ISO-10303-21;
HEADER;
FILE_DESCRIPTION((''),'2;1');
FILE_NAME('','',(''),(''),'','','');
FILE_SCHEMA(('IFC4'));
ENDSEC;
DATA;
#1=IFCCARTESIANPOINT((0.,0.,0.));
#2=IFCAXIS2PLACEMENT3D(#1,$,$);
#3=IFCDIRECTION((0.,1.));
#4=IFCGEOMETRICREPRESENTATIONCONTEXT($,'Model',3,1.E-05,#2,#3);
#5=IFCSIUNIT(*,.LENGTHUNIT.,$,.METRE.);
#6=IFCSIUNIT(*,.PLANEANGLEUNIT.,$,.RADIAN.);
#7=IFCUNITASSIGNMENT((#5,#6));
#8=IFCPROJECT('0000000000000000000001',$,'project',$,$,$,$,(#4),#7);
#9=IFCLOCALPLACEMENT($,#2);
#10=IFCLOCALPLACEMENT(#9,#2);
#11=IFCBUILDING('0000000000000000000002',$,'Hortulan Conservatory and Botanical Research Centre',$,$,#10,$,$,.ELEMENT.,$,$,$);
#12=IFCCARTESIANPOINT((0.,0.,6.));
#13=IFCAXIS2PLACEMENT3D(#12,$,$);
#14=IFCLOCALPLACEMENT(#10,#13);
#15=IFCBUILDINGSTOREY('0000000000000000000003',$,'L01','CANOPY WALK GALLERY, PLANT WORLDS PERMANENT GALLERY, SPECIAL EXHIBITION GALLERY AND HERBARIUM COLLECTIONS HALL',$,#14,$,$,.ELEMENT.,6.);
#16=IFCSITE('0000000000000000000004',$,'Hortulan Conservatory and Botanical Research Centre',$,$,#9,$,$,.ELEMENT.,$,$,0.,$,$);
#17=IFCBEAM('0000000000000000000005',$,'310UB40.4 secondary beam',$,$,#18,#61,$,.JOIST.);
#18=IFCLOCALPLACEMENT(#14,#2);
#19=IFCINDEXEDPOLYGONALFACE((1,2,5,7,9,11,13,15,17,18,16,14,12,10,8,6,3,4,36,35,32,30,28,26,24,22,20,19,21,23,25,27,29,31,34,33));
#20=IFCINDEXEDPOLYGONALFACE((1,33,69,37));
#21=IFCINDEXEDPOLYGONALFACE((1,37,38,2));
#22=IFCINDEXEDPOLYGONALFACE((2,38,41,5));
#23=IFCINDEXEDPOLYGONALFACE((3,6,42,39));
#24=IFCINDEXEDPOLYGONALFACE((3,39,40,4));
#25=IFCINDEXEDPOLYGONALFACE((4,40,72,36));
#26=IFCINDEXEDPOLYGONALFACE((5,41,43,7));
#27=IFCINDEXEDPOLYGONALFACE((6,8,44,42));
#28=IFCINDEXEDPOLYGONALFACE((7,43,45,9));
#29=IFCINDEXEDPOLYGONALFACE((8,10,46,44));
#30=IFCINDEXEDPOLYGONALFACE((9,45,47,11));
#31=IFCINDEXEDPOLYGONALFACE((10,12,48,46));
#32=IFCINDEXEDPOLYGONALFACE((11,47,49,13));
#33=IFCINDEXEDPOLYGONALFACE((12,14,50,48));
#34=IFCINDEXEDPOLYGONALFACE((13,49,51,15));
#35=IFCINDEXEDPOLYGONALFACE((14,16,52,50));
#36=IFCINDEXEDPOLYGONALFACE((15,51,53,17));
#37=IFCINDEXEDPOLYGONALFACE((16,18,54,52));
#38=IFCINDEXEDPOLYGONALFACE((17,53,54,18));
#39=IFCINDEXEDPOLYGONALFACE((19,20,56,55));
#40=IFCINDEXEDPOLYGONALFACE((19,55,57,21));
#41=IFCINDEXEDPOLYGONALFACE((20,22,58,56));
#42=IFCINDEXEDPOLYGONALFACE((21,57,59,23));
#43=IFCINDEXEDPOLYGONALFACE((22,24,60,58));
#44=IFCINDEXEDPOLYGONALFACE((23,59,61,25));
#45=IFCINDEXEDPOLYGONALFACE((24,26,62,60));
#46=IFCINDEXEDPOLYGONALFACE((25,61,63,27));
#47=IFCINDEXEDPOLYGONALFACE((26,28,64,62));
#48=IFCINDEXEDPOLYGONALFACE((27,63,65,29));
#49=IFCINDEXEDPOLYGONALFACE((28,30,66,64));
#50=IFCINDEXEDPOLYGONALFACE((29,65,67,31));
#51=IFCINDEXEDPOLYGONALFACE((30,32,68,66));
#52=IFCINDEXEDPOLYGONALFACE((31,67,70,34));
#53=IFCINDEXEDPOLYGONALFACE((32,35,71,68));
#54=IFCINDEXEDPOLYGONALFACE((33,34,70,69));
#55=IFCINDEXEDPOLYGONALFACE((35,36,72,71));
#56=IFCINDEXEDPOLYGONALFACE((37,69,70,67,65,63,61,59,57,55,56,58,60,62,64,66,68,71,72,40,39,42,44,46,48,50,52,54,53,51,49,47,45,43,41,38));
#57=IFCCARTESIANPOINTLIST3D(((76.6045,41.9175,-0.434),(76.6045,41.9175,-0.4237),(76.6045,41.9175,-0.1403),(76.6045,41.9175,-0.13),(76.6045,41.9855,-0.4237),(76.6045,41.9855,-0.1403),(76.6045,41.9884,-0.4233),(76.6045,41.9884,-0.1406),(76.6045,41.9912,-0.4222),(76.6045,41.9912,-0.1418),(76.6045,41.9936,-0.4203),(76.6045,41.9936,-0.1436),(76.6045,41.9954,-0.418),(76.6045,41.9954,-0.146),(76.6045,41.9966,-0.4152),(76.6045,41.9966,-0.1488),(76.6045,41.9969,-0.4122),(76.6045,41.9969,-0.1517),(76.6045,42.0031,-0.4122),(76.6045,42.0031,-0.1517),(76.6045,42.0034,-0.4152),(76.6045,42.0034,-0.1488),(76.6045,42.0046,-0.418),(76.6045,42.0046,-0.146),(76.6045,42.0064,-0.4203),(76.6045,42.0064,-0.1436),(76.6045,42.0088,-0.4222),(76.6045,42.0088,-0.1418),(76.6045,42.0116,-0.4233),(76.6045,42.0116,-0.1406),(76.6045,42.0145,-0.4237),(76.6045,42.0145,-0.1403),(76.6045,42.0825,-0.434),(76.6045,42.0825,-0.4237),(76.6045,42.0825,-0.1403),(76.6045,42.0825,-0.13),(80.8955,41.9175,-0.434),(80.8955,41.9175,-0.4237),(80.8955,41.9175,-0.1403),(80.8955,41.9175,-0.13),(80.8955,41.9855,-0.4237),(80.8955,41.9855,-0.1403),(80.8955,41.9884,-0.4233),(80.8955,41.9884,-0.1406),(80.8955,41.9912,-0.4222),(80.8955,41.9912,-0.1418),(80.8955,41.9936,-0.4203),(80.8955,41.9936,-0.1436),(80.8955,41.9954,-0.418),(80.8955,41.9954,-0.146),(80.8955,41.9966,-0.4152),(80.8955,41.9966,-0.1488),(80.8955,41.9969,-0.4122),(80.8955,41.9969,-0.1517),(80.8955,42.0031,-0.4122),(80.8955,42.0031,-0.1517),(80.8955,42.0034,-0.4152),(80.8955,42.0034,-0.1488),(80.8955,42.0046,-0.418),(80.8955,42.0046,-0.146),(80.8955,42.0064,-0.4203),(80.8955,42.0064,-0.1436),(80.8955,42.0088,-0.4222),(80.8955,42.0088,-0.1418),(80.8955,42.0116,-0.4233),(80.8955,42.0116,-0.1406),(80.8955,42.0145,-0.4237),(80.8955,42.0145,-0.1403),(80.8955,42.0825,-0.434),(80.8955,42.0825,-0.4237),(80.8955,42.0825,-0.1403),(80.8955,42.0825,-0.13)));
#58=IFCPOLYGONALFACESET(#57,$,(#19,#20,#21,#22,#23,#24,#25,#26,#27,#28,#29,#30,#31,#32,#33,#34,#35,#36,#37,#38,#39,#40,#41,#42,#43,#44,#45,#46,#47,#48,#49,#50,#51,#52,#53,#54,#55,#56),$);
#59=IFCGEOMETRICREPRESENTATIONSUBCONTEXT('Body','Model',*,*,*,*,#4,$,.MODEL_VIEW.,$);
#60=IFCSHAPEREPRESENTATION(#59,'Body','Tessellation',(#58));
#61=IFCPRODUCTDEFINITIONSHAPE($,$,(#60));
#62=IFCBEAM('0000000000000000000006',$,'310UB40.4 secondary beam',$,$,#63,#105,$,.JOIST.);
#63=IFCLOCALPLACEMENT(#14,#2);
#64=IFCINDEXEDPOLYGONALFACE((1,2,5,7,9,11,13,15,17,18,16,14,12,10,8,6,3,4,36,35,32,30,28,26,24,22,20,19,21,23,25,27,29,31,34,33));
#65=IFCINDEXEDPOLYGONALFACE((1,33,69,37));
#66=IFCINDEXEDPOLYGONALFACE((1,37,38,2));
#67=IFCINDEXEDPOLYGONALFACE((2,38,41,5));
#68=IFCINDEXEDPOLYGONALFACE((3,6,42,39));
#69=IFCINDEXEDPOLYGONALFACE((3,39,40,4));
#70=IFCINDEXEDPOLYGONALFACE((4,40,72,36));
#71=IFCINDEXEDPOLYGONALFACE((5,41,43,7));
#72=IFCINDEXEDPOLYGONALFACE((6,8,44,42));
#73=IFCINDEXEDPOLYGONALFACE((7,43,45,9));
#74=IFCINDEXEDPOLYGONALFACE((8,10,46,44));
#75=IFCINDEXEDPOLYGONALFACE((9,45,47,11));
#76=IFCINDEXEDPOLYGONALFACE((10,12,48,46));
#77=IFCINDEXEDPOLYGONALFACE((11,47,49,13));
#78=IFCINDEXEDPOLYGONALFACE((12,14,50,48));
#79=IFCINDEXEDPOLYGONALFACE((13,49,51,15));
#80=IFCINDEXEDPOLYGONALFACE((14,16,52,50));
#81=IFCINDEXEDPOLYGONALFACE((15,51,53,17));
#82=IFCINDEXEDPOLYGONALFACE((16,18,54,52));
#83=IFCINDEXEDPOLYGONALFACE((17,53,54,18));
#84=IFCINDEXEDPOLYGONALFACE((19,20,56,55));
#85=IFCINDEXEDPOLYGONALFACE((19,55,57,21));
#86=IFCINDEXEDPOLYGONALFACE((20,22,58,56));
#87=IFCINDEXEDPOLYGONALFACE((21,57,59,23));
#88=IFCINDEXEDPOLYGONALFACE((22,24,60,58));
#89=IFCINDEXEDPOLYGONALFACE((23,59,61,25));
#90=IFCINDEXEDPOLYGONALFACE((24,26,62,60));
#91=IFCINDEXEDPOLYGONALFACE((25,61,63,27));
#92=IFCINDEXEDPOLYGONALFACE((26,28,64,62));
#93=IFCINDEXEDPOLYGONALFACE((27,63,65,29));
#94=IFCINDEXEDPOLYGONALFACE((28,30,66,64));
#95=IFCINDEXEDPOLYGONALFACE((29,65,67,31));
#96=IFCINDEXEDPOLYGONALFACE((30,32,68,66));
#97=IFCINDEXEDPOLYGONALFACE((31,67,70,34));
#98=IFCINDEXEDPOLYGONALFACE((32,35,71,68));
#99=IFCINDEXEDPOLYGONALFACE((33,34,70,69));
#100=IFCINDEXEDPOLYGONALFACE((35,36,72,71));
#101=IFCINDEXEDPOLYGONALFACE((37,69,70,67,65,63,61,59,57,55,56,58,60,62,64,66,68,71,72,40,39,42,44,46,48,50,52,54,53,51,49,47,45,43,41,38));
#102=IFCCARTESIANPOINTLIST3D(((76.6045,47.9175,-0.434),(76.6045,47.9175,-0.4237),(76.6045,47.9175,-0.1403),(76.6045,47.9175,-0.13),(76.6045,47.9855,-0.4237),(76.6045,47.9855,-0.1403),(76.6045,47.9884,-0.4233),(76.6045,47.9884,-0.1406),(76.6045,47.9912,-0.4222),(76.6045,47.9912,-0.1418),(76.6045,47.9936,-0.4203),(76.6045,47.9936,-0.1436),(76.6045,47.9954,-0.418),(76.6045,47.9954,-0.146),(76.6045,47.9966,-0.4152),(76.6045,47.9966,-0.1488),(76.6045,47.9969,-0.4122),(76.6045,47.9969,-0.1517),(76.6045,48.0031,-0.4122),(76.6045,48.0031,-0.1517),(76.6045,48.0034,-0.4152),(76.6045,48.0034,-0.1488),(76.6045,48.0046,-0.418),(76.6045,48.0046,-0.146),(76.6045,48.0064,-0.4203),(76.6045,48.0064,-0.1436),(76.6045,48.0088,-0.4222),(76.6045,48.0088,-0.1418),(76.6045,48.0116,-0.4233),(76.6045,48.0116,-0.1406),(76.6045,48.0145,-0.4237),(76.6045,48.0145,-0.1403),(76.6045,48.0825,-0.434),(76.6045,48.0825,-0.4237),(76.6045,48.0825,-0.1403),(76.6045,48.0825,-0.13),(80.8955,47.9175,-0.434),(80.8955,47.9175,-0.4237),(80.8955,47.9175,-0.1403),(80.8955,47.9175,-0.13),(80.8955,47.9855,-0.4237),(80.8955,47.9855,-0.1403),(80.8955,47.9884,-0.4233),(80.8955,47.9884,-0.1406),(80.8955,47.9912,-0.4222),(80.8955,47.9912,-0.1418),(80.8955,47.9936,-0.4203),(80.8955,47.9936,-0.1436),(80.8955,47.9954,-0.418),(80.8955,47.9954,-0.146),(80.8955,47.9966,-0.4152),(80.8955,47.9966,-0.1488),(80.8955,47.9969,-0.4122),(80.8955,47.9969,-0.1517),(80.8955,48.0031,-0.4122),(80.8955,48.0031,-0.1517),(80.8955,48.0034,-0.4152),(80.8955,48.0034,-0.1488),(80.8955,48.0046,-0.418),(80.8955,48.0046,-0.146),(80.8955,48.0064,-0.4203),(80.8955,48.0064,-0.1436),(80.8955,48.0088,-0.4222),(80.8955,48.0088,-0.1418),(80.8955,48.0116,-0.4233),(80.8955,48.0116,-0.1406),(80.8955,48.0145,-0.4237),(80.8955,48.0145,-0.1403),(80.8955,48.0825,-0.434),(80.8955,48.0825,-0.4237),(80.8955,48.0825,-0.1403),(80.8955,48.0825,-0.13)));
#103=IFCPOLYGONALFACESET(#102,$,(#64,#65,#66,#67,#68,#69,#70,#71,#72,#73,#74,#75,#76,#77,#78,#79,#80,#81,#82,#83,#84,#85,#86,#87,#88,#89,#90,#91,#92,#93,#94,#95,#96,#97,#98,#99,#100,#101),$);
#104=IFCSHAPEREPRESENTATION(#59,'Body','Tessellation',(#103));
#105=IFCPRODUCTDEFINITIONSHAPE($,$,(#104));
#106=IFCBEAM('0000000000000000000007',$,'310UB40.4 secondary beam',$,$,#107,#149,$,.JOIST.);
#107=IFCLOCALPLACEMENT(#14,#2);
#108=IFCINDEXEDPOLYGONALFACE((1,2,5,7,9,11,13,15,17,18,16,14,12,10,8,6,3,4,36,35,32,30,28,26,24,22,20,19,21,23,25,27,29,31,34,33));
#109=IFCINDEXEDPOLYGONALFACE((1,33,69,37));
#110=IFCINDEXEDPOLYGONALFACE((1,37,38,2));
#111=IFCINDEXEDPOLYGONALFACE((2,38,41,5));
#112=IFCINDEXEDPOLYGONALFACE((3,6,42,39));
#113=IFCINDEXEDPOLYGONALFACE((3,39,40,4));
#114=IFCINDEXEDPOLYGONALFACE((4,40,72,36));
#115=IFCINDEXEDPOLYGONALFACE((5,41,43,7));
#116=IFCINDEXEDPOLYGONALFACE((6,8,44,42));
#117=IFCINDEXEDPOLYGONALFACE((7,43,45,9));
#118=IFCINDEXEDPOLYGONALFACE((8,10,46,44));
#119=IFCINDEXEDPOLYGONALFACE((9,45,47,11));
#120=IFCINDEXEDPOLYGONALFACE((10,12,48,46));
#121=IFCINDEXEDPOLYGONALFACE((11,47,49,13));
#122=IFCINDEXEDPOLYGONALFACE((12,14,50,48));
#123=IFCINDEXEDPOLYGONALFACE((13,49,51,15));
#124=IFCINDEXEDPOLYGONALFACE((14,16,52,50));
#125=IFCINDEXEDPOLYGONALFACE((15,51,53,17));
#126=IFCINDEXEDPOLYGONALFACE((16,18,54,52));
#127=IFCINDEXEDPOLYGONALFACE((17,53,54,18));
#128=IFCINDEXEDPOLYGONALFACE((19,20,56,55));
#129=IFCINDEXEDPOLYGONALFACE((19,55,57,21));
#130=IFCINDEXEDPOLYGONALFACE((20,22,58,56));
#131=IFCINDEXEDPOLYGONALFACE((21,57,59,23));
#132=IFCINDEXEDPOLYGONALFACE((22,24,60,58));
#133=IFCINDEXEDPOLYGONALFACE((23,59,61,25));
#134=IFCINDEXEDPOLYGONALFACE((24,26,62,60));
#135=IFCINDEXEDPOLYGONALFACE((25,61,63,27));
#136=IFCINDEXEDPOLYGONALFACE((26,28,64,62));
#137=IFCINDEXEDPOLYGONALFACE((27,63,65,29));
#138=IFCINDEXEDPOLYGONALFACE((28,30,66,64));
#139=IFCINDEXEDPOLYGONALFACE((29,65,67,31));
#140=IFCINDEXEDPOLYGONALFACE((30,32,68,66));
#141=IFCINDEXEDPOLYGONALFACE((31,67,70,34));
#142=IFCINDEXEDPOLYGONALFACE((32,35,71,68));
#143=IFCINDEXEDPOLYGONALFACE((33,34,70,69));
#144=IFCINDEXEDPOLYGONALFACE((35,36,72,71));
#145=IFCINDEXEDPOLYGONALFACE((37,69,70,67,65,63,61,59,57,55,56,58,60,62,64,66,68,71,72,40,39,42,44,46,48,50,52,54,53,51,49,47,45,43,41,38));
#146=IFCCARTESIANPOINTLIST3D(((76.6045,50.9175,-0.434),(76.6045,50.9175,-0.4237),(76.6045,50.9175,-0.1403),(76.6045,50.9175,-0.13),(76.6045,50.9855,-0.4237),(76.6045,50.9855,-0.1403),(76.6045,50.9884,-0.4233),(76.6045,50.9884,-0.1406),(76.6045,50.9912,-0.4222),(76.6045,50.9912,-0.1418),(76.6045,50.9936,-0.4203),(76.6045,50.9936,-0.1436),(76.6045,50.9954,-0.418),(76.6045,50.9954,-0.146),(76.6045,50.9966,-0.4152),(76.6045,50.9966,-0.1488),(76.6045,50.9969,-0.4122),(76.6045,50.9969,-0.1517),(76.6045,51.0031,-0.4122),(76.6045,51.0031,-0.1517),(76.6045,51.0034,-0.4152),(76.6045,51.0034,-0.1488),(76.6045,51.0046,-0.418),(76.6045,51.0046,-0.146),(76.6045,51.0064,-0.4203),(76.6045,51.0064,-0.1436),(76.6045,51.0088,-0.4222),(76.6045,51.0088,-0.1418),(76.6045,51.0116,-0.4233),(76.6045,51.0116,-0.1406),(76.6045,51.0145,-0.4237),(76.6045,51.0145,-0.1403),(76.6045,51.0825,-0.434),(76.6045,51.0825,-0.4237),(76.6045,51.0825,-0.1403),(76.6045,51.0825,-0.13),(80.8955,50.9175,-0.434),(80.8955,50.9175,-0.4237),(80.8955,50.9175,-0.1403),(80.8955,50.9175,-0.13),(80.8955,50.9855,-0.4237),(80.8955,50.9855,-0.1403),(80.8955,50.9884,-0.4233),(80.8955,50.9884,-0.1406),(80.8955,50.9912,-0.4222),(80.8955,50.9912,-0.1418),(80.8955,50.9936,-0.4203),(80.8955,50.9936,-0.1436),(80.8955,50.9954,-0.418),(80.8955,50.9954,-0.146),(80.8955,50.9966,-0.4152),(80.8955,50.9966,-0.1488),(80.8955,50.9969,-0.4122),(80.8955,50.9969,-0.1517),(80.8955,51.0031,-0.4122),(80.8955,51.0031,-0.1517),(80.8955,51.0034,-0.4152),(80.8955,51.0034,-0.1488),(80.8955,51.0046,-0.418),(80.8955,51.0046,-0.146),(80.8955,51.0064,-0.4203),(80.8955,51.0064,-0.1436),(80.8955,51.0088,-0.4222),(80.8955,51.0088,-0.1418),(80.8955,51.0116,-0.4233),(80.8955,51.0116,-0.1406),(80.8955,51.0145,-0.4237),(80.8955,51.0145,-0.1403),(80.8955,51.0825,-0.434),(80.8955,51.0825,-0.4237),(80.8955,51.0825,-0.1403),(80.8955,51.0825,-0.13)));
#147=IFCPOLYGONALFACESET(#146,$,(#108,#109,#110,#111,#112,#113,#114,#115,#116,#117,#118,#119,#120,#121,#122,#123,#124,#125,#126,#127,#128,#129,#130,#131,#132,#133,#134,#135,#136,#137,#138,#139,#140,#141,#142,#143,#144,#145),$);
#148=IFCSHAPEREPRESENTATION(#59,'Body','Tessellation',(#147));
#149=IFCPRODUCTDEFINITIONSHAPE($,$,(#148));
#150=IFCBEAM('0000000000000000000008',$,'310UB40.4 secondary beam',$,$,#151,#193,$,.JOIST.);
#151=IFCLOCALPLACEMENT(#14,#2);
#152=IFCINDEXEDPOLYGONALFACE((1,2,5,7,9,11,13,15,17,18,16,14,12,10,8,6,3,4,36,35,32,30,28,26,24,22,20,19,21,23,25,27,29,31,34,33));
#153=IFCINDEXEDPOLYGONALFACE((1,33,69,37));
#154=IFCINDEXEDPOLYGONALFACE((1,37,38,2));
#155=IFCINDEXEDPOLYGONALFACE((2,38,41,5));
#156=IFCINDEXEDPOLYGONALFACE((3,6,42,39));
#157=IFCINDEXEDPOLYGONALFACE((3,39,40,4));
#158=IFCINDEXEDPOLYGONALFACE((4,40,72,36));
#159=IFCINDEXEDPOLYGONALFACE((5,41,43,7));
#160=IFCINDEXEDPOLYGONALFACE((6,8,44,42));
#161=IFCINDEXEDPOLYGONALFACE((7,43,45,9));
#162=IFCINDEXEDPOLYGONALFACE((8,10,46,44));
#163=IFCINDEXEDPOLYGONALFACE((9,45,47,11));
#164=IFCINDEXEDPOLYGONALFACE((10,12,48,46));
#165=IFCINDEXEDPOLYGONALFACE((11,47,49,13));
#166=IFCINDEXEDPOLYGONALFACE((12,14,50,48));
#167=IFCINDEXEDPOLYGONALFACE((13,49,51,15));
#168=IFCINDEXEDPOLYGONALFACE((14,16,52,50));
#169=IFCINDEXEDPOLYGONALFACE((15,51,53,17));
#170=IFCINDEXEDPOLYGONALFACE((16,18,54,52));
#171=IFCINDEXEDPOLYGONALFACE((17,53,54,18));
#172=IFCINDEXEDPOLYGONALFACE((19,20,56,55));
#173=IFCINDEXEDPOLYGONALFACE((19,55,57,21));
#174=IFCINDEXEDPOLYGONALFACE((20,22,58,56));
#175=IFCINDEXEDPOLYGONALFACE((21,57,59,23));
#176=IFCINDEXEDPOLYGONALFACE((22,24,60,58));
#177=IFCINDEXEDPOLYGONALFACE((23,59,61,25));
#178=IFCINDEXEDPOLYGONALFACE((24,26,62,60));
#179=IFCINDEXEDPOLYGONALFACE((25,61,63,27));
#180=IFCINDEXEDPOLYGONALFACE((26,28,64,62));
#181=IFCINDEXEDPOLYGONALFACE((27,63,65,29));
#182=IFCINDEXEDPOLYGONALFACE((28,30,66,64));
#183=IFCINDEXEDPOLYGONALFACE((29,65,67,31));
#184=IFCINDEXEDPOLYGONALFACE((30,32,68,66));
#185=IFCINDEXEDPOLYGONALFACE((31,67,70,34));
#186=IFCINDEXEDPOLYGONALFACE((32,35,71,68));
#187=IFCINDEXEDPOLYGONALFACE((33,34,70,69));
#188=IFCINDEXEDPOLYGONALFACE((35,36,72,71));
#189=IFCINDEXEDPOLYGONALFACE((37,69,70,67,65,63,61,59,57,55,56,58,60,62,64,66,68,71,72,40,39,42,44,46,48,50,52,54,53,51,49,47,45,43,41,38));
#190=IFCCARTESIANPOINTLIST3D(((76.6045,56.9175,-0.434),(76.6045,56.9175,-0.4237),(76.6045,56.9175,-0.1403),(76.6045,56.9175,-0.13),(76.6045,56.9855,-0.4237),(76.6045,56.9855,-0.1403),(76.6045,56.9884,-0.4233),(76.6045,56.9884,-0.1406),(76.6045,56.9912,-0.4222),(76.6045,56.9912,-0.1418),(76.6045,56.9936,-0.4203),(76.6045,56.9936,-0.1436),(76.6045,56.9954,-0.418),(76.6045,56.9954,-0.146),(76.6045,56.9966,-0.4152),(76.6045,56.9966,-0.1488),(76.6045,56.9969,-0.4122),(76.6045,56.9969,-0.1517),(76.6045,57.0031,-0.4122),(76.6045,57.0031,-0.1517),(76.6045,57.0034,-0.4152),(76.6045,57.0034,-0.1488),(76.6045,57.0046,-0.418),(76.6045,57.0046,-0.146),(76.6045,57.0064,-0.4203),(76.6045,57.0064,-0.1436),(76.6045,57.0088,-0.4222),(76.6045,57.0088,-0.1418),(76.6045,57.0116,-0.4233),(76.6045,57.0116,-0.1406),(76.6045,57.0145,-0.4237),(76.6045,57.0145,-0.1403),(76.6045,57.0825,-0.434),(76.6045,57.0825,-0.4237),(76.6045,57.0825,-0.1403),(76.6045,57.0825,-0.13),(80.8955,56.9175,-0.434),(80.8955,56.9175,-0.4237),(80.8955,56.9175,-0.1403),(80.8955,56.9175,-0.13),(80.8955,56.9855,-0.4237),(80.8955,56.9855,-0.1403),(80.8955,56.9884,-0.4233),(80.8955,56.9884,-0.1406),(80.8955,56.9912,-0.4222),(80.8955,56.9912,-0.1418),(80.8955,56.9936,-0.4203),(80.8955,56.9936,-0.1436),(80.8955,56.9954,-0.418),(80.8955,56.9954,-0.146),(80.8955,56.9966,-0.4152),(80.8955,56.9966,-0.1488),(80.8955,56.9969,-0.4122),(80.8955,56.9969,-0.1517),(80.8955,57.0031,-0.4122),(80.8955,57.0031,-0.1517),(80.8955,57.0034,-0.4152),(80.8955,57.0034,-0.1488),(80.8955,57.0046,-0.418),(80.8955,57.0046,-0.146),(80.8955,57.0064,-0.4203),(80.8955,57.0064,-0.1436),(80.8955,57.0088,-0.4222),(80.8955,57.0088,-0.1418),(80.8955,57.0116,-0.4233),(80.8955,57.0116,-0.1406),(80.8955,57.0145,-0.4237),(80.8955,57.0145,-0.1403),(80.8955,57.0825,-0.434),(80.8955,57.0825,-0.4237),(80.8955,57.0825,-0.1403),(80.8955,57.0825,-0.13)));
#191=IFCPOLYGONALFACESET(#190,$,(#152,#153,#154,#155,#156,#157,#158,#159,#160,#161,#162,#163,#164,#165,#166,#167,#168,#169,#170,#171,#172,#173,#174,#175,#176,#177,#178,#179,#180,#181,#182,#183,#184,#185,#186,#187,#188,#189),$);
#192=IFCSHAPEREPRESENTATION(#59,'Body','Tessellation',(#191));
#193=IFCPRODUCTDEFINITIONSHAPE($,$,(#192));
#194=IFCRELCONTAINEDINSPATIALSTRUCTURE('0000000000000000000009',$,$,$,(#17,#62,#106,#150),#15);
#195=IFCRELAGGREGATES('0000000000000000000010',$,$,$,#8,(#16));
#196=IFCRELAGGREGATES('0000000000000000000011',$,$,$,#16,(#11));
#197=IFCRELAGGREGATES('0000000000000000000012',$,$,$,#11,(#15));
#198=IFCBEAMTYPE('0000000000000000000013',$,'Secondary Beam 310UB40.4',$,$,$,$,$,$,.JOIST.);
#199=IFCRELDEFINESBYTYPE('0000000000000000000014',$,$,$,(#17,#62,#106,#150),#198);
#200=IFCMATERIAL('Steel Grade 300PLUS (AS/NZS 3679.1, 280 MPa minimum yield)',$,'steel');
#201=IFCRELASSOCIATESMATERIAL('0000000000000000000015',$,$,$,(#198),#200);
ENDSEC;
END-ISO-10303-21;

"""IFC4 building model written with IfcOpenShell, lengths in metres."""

from ifc_helpers import new_model, si_unit, direction, frame, origin, origin_2d, place, context, subcontext, project, spatial, i_section, extrude, material, material_profile, profile_set, type_object, element, save


model = new_model("IFC4")

# Units and contexts
model_context = context("Model", 3, precision=1e-05, world=origin(), true_north=direction((0.0, 1.0)))
body_context = subcontext(model_context, "Body", "Model", "MODEL_VIEW")
ifc_project = project(units=[si_unit("LENGTHUNIT", "METRE"), si_unit("PLANEANGLEUNIT", "RADIAN")], contexts=[model_context])

# Site, building, storey
site_placement = place(None, origin())
site = spatial("IfcSite", under=ifc_project, at=site_placement, Name="Hortulan Conservatory and Botanical Research Centre", CompositionType="ELEMENT", RefElevation=0.0)
building_placement = place(site_placement, origin())
building = spatial("IfcBuilding", under=site, at=building_placement, Name="Hortulan Conservatory and Botanical Research Centre", CompositionType="ELEMENT")
storey_placement = place(building_placement, frame((0.0, 0.0, 6.0)))
storey = spatial("IfcBuildingStorey", under=building, at=storey_placement, Name="L01", Description="CANOPY WALK GALLERY, PLANT WORLDS PERMANENT GALLERY, SPECIAL EXHIBITION GALLERY AND HERBARIUM COLLECTIONS HALL", CompositionType="ELEMENT", Elevation=6.0)

# Shared definitions
ifc_material_1 = material(Name="Steel Grade 300PLUS (AS/NZS 3679.1, 280 MPa minimum yield)", Category="steel")

# Beams
ifc_material_profile_1 = material_profile(ifc_material_1, i_section(OverallWidth=0.165, OverallDepth=0.304, WebThickness=0.0061, FlangeThickness=0.0103, FilletRadius=0.0115, at=origin_2d()), Name="310UB40.4")
ifc_profile_set_1 = profile_set([ifc_material_profile_1], Name="Steel Grade 300PLUS (AS/NZS 3679.1, 280 MPa minimum yield)")
beam_type_1 = type_object("IfcBeamType", Name="Secondary Beam 310UB40.4", PredefinedType="JOIST", material=ifc_profile_set_1)
for number, where, z_axis, x_axis, name in (
    (1, (76.6045, 42.0, -0.282), (1.0, 0.0, 0.0), (0.0, 1.0, 0.0), "310UB40.4 secondary beam"),
    (2, (76.6045, 48.0, -0.282), (1.0, 0.0, 0.0), (0.0, 1.0, 0.0), "310UB40.4 secondary beam"),
    (3, (76.6045, 51.0, -0.282), (1.0, 0.0, 0.0), (0.0, 1.0, 0.0), "310UB40.4 secondary beam"),
    (4, (76.6045, 57.0, -0.282), (1.0, 0.0, 0.0), (0.0, 1.0, 0.0), "310UB40.4 secondary beam"),
):
    element("IfcBeam", number, at=place(storey_placement, frame(where, z_axis=z_axis, x_axis=x_axis)), inside=storey, type_object=beam_type_1, Name=name, PredefinedType="JOIST", context=body_context, shape_type="SweptSolid", body=[
        extrude(i_section(OverallWidth=0.165, OverallDepth=0.304, WebThickness=0.0061, FlangeThickness=0.0103, FilletRadius=0.0115, at=origin_2d()), origin(), (0.0, 0.0, 1.0), 4.291),
    ])

save(model, "model.ifc")
